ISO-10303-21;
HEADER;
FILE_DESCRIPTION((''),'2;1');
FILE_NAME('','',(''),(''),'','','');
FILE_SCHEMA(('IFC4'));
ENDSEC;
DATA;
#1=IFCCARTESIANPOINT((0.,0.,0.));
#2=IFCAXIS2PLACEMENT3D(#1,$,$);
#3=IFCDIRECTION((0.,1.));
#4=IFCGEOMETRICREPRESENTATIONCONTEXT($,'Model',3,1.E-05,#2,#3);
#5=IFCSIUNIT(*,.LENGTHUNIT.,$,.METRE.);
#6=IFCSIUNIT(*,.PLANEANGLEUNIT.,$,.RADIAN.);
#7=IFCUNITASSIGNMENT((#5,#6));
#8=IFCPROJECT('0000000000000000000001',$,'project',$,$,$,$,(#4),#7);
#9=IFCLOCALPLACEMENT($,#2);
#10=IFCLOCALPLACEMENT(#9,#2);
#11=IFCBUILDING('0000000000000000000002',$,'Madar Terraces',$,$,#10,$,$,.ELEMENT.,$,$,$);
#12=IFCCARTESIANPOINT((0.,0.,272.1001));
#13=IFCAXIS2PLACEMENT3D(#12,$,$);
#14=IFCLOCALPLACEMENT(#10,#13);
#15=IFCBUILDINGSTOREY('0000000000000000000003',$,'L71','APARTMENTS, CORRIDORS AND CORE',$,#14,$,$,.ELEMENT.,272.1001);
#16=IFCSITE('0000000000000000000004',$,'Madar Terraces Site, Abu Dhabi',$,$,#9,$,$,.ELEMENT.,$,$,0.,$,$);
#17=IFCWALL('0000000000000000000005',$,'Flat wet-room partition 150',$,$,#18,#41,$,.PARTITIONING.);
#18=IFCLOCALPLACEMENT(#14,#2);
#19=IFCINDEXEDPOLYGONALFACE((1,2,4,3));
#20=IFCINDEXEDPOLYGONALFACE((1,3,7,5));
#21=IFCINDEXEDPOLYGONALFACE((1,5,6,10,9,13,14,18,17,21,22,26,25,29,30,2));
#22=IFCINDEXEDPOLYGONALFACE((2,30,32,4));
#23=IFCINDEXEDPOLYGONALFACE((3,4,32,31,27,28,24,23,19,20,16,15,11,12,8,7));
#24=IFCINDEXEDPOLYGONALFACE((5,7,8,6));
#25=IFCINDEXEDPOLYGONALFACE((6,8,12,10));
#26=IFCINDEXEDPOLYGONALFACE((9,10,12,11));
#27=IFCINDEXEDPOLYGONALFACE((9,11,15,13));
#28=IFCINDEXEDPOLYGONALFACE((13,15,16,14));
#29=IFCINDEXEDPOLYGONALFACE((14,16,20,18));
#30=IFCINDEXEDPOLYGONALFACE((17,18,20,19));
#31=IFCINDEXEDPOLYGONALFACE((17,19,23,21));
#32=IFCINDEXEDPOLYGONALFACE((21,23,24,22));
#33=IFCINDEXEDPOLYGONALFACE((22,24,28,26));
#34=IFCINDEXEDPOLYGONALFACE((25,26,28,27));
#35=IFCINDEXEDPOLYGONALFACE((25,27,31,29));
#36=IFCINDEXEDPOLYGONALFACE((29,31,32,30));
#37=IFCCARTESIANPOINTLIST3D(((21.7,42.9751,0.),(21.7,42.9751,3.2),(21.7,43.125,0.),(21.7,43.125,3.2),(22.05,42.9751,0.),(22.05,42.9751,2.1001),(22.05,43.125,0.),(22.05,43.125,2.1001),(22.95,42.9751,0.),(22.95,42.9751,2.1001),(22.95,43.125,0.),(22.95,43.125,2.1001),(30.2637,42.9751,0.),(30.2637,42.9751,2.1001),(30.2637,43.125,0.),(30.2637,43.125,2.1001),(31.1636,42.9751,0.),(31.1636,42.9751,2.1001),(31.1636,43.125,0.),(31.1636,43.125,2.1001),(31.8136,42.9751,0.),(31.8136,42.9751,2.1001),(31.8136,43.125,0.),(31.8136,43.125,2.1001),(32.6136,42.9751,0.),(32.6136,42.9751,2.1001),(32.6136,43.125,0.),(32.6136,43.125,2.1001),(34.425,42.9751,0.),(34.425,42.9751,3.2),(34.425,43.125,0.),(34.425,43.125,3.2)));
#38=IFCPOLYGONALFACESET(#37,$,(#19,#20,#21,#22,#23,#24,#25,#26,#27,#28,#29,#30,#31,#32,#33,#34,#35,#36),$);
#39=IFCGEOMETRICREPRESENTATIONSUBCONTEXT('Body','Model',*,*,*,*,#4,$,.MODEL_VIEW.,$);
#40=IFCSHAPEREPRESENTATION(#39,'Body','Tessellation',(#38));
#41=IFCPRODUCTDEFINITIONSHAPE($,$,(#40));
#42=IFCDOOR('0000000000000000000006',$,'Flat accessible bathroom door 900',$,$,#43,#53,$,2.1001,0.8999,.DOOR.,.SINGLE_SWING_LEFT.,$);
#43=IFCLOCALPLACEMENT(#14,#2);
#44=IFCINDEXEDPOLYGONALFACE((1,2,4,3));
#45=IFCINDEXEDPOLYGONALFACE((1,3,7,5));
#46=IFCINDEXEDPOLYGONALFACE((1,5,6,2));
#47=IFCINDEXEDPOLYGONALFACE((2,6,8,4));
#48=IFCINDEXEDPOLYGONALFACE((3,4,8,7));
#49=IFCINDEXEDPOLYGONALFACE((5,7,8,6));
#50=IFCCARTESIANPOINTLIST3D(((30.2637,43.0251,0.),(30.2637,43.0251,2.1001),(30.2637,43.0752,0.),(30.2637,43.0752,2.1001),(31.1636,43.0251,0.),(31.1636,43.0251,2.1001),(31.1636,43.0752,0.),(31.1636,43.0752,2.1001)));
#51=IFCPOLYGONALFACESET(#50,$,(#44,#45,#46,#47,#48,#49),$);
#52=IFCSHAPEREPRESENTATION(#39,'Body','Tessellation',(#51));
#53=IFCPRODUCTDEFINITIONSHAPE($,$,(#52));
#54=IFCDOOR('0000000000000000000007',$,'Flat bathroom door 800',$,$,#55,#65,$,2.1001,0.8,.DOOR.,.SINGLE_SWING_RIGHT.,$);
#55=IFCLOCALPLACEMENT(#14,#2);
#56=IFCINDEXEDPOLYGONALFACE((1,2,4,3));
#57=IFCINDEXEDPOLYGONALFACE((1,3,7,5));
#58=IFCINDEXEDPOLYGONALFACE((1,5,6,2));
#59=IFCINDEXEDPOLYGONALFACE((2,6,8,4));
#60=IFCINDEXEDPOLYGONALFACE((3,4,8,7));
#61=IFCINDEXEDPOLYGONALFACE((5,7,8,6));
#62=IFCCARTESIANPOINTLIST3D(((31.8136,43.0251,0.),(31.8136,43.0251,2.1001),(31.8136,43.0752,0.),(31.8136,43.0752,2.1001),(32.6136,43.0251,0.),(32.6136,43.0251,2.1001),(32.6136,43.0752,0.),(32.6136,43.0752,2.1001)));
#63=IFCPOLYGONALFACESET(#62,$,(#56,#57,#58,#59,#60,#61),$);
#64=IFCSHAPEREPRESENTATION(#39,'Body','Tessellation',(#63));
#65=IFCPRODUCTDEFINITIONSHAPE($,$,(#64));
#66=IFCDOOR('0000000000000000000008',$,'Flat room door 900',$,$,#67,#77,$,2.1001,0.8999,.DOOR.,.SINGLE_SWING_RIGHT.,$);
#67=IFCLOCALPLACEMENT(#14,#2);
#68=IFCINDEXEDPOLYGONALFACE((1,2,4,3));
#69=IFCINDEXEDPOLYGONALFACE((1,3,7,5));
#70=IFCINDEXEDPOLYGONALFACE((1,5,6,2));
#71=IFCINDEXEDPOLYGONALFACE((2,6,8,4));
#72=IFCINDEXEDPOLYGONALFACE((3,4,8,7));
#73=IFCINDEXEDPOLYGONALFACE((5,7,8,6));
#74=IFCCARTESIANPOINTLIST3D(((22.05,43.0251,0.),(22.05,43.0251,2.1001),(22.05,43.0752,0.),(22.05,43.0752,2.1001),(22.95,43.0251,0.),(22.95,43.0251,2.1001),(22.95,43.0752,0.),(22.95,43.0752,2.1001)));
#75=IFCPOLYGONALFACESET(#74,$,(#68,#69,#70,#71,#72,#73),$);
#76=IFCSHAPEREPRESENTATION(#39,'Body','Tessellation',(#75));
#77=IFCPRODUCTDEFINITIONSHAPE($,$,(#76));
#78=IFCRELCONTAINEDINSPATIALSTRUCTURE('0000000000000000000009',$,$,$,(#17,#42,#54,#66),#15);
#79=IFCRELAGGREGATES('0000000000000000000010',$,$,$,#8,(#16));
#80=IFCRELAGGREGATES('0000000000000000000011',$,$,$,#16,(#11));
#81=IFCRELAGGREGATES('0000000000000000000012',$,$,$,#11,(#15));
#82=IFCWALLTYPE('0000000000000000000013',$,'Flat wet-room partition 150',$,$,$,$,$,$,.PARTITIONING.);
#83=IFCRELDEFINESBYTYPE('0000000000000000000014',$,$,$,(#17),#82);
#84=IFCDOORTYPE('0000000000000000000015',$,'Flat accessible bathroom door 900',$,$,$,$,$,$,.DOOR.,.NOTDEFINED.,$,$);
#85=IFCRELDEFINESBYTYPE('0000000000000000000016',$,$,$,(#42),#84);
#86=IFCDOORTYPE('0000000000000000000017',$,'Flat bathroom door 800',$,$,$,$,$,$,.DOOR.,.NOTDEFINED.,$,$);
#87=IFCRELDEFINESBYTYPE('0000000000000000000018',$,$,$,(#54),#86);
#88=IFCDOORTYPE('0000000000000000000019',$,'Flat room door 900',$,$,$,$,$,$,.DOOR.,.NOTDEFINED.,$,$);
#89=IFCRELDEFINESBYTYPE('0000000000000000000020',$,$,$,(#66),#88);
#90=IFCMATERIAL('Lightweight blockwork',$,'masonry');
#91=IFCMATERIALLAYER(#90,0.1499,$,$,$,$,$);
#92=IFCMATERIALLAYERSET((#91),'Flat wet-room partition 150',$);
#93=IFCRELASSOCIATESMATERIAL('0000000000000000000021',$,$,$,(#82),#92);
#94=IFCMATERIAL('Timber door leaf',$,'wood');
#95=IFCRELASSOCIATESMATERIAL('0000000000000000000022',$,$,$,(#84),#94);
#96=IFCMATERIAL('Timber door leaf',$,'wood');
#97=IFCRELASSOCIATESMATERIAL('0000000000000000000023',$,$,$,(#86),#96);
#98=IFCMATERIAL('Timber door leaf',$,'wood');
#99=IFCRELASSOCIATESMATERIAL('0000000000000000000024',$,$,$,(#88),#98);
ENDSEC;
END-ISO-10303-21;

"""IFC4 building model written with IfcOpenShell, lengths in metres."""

from ifc_helpers import new_model, si_unit, direction, frame, frame_2d, origin, place, context, subcontext, project, spatial, rectangle, extrude, material, layer, layer_set, type_object, element, fill, save


model = new_model("IFC4")

# Units and contexts
model_context = context("Model", 3, precision=1e-05, world=origin(), true_north=direction((0.0, 1.0)))
body_context = subcontext(model_context, "Body", "Model", "MODEL_VIEW")
ifc_project = project(units=[si_unit("LENGTHUNIT", "METRE"), si_unit("PLANEANGLEUNIT", "RADIAN")], contexts=[model_context])

# Site, building, storey
site_placement = place(None, origin())
site = spatial("IfcSite", under=ifc_project, at=site_placement, Name="Madar Terraces Site, Abu Dhabi", CompositionType="ELEMENT", RefElevation=0.0)
building_placement = place(site_placement, origin())
building = spatial("IfcBuilding", under=site, at=building_placement, Name="Madar Terraces", CompositionType="ELEMENT")
storey_placement = place(building_placement, frame((0.0, 0.0, 272.1001)))
storey = spatial("IfcBuildingStorey", under=building, at=storey_placement, Name="L71", Description="APARTMENTS, CORRIDORS AND CORE", CompositionType="ELEMENT", Elevation=272.1001)

# Shared definitions
ifc_material_1 = material(Name="Lightweight blockwork", Category="masonry")
ifc_layer_1 = layer(ifc_material_1, 0.1499)
ifc_layer_set_1 = layer_set([ifc_layer_1], Name="Flat wet-room partition 150")
wall_type_1 = type_object("IfcWallType", Name="Flat wet-room partition 150", PredefinedType="PARTITIONING", material=ifc_layer_set_1)

# Wall, openings, doors
wall_1_placement = place(storey_placement, frame((34.425, 43.05, 0.0), z_axis=(0.0, 0.0, 1.0), x_axis=(-1.0, 0.0, 0.0)))
wall_1 = element("IfcWall", 1, at=wall_1_placement, inside=storey, type_object=wall_type_1, Name="Flat wet-room partition 150", PredefinedType="PARTITIONING", context=body_context, shape_type="SweptSolid", body=[
    extrude(rectangle(XDim=12.7251, YDim=0.1499, at=frame_2d((6.3625, 0.0))), origin(), (0.0, 0.0, 1.0), 3.2),
])
opening_1_placement = place(wall_1_placement, frame((1.8115, 0.0, 0.0)))
opening_1 = element("IfcOpeningElement", 2, at=opening_1_placement, cuts=wall_1, PredefinedType="OPENING", context=body_context, shape_type="SweptSolid", body=[
    extrude(rectangle(XDim=0.8, YDim=2.1001, at=frame_2d((0.3999, 1.05))), frame((0.0, 0.085, 0.0), z_axis=(0.0, -1.0, 0.0), x_axis=(1.0, 0.0, 0.0)), (0.0, 0.0, 1.0), 0.1699),
])
opening_2_placement = place(wall_1_placement, frame((3.2615, 0.0, 0.0)))
opening_2 = element("IfcOpeningElement", 3, at=opening_2_placement, cuts=wall_1, PredefinedType="OPENING", context=body_context, shape_type="SweptSolid", body=[
    extrude(rectangle(XDim=0.8999, YDim=2.1001, at=frame_2d((0.45, 1.05))), frame((0.0, 0.085, 0.0), z_axis=(0.0, -1.0, 0.0), x_axis=(1.0, 0.0, 0.0)), (0.0, 0.0, 1.0), 0.1699),
])
opening_3_placement = place(wall_1_placement, frame((11.4751, 0.0, 0.0)))
opening_3 = element("IfcOpeningElement", 4, at=opening_3_placement, cuts=wall_1, PredefinedType="OPENING", context=body_context, shape_type="SweptSolid", body=[
    extrude(rectangle(XDim=0.8999, YDim=2.1001, at=frame_2d((0.45, 1.05))), frame((0.0, 0.085, 0.0), z_axis=(0.0, -1.0, 0.0), x_axis=(1.0, 0.0, 0.0)), (0.0, 0.0, 1.0), 0.1699),
])
ifc_material_2 = material(Name="Timber door leaf", Category="wood")
door_type_1 = type_object("IfcDoorType", Name="Flat accessible bathroom door 900", OperationType="NOTDEFINED", PredefinedType="DOOR", material=ifc_material_2)
door_1_placement = place(opening_2_placement, origin())
door_1 = element("IfcDoor", 5, at=door_1_placement, inside=storey, type_object=door_type_1, Name="Flat accessible bathroom door 900", OperationType="SINGLE_SWING_LEFT", OverallHeight=2.1001, OverallWidth=0.8999, PredefinedType="DOOR", context=body_context, shape_type="SweptSolid", body=[
    extrude(rectangle(XDim=0.8999, YDim=2.1001, at=frame_2d((0.45, 1.05))), frame((0.0, 0.0249, 0.0), z_axis=(0.0, -1.0, 0.0), x_axis=(1.0, 0.0, 0.0)), (0.0, 0.0, 1.0), 0.05),
])
fill(opening_2, door_1)
ifc_material_3 = material(Name="Timber door leaf", Category="wood")
door_type_2 = type_object("IfcDoorType", Name="Flat bathroom door 800", OperationType="NOTDEFINED", PredefinedType="DOOR", material=ifc_material_3)
door_2_placement = place(opening_1_placement, origin())
door_2 = element("IfcDoor", 6, at=door_2_placement, inside=storey, type_object=door_type_2, Name="Flat bathroom door 800", OperationType="SINGLE_SWING_RIGHT", OverallHeight=2.1001, OverallWidth=0.8, PredefinedType="DOOR", context=body_context, shape_type="SweptSolid", body=[
    extrude(rectangle(XDim=0.8, YDim=2.1001, at=frame_2d((0.3999, 1.05))), frame((0.0, 0.0249, 0.0), z_axis=(0.0, -1.0, 0.0), x_axis=(1.0, 0.0, 0.0)), (0.0, 0.0, 1.0), 0.05),
])
fill(opening_1, door_2)
ifc_material_4 = material(Name="Timber door leaf", Category="wood")
door_type_3 = type_object("IfcDoorType", Name="Flat room door 900", OperationType="NOTDEFINED", PredefinedType="DOOR", material=ifc_material_4)
door_3_placement = place(opening_3_placement, origin())
door_3 = element("IfcDoor", 7, at=door_3_placement, inside=storey, type_object=door_type_3, Name="Flat room door 900", OperationType="SINGLE_SWING_RIGHT", OverallHeight=2.1001, OverallWidth=0.8999, PredefinedType="DOOR", context=body_context, shape_type="SweptSolid", body=[
    extrude(rectangle(XDim=0.8999, YDim=2.1001, at=frame_2d((0.45, 1.05))), frame((0.0, 0.0249, 0.0), z_axis=(0.0, -1.0, 0.0), x_axis=(1.0, 0.0, 0.0)), (0.0, 0.0, 1.0), 0.05),
])
fill(opening_3, door_3)

save(model, "model.ifc")
